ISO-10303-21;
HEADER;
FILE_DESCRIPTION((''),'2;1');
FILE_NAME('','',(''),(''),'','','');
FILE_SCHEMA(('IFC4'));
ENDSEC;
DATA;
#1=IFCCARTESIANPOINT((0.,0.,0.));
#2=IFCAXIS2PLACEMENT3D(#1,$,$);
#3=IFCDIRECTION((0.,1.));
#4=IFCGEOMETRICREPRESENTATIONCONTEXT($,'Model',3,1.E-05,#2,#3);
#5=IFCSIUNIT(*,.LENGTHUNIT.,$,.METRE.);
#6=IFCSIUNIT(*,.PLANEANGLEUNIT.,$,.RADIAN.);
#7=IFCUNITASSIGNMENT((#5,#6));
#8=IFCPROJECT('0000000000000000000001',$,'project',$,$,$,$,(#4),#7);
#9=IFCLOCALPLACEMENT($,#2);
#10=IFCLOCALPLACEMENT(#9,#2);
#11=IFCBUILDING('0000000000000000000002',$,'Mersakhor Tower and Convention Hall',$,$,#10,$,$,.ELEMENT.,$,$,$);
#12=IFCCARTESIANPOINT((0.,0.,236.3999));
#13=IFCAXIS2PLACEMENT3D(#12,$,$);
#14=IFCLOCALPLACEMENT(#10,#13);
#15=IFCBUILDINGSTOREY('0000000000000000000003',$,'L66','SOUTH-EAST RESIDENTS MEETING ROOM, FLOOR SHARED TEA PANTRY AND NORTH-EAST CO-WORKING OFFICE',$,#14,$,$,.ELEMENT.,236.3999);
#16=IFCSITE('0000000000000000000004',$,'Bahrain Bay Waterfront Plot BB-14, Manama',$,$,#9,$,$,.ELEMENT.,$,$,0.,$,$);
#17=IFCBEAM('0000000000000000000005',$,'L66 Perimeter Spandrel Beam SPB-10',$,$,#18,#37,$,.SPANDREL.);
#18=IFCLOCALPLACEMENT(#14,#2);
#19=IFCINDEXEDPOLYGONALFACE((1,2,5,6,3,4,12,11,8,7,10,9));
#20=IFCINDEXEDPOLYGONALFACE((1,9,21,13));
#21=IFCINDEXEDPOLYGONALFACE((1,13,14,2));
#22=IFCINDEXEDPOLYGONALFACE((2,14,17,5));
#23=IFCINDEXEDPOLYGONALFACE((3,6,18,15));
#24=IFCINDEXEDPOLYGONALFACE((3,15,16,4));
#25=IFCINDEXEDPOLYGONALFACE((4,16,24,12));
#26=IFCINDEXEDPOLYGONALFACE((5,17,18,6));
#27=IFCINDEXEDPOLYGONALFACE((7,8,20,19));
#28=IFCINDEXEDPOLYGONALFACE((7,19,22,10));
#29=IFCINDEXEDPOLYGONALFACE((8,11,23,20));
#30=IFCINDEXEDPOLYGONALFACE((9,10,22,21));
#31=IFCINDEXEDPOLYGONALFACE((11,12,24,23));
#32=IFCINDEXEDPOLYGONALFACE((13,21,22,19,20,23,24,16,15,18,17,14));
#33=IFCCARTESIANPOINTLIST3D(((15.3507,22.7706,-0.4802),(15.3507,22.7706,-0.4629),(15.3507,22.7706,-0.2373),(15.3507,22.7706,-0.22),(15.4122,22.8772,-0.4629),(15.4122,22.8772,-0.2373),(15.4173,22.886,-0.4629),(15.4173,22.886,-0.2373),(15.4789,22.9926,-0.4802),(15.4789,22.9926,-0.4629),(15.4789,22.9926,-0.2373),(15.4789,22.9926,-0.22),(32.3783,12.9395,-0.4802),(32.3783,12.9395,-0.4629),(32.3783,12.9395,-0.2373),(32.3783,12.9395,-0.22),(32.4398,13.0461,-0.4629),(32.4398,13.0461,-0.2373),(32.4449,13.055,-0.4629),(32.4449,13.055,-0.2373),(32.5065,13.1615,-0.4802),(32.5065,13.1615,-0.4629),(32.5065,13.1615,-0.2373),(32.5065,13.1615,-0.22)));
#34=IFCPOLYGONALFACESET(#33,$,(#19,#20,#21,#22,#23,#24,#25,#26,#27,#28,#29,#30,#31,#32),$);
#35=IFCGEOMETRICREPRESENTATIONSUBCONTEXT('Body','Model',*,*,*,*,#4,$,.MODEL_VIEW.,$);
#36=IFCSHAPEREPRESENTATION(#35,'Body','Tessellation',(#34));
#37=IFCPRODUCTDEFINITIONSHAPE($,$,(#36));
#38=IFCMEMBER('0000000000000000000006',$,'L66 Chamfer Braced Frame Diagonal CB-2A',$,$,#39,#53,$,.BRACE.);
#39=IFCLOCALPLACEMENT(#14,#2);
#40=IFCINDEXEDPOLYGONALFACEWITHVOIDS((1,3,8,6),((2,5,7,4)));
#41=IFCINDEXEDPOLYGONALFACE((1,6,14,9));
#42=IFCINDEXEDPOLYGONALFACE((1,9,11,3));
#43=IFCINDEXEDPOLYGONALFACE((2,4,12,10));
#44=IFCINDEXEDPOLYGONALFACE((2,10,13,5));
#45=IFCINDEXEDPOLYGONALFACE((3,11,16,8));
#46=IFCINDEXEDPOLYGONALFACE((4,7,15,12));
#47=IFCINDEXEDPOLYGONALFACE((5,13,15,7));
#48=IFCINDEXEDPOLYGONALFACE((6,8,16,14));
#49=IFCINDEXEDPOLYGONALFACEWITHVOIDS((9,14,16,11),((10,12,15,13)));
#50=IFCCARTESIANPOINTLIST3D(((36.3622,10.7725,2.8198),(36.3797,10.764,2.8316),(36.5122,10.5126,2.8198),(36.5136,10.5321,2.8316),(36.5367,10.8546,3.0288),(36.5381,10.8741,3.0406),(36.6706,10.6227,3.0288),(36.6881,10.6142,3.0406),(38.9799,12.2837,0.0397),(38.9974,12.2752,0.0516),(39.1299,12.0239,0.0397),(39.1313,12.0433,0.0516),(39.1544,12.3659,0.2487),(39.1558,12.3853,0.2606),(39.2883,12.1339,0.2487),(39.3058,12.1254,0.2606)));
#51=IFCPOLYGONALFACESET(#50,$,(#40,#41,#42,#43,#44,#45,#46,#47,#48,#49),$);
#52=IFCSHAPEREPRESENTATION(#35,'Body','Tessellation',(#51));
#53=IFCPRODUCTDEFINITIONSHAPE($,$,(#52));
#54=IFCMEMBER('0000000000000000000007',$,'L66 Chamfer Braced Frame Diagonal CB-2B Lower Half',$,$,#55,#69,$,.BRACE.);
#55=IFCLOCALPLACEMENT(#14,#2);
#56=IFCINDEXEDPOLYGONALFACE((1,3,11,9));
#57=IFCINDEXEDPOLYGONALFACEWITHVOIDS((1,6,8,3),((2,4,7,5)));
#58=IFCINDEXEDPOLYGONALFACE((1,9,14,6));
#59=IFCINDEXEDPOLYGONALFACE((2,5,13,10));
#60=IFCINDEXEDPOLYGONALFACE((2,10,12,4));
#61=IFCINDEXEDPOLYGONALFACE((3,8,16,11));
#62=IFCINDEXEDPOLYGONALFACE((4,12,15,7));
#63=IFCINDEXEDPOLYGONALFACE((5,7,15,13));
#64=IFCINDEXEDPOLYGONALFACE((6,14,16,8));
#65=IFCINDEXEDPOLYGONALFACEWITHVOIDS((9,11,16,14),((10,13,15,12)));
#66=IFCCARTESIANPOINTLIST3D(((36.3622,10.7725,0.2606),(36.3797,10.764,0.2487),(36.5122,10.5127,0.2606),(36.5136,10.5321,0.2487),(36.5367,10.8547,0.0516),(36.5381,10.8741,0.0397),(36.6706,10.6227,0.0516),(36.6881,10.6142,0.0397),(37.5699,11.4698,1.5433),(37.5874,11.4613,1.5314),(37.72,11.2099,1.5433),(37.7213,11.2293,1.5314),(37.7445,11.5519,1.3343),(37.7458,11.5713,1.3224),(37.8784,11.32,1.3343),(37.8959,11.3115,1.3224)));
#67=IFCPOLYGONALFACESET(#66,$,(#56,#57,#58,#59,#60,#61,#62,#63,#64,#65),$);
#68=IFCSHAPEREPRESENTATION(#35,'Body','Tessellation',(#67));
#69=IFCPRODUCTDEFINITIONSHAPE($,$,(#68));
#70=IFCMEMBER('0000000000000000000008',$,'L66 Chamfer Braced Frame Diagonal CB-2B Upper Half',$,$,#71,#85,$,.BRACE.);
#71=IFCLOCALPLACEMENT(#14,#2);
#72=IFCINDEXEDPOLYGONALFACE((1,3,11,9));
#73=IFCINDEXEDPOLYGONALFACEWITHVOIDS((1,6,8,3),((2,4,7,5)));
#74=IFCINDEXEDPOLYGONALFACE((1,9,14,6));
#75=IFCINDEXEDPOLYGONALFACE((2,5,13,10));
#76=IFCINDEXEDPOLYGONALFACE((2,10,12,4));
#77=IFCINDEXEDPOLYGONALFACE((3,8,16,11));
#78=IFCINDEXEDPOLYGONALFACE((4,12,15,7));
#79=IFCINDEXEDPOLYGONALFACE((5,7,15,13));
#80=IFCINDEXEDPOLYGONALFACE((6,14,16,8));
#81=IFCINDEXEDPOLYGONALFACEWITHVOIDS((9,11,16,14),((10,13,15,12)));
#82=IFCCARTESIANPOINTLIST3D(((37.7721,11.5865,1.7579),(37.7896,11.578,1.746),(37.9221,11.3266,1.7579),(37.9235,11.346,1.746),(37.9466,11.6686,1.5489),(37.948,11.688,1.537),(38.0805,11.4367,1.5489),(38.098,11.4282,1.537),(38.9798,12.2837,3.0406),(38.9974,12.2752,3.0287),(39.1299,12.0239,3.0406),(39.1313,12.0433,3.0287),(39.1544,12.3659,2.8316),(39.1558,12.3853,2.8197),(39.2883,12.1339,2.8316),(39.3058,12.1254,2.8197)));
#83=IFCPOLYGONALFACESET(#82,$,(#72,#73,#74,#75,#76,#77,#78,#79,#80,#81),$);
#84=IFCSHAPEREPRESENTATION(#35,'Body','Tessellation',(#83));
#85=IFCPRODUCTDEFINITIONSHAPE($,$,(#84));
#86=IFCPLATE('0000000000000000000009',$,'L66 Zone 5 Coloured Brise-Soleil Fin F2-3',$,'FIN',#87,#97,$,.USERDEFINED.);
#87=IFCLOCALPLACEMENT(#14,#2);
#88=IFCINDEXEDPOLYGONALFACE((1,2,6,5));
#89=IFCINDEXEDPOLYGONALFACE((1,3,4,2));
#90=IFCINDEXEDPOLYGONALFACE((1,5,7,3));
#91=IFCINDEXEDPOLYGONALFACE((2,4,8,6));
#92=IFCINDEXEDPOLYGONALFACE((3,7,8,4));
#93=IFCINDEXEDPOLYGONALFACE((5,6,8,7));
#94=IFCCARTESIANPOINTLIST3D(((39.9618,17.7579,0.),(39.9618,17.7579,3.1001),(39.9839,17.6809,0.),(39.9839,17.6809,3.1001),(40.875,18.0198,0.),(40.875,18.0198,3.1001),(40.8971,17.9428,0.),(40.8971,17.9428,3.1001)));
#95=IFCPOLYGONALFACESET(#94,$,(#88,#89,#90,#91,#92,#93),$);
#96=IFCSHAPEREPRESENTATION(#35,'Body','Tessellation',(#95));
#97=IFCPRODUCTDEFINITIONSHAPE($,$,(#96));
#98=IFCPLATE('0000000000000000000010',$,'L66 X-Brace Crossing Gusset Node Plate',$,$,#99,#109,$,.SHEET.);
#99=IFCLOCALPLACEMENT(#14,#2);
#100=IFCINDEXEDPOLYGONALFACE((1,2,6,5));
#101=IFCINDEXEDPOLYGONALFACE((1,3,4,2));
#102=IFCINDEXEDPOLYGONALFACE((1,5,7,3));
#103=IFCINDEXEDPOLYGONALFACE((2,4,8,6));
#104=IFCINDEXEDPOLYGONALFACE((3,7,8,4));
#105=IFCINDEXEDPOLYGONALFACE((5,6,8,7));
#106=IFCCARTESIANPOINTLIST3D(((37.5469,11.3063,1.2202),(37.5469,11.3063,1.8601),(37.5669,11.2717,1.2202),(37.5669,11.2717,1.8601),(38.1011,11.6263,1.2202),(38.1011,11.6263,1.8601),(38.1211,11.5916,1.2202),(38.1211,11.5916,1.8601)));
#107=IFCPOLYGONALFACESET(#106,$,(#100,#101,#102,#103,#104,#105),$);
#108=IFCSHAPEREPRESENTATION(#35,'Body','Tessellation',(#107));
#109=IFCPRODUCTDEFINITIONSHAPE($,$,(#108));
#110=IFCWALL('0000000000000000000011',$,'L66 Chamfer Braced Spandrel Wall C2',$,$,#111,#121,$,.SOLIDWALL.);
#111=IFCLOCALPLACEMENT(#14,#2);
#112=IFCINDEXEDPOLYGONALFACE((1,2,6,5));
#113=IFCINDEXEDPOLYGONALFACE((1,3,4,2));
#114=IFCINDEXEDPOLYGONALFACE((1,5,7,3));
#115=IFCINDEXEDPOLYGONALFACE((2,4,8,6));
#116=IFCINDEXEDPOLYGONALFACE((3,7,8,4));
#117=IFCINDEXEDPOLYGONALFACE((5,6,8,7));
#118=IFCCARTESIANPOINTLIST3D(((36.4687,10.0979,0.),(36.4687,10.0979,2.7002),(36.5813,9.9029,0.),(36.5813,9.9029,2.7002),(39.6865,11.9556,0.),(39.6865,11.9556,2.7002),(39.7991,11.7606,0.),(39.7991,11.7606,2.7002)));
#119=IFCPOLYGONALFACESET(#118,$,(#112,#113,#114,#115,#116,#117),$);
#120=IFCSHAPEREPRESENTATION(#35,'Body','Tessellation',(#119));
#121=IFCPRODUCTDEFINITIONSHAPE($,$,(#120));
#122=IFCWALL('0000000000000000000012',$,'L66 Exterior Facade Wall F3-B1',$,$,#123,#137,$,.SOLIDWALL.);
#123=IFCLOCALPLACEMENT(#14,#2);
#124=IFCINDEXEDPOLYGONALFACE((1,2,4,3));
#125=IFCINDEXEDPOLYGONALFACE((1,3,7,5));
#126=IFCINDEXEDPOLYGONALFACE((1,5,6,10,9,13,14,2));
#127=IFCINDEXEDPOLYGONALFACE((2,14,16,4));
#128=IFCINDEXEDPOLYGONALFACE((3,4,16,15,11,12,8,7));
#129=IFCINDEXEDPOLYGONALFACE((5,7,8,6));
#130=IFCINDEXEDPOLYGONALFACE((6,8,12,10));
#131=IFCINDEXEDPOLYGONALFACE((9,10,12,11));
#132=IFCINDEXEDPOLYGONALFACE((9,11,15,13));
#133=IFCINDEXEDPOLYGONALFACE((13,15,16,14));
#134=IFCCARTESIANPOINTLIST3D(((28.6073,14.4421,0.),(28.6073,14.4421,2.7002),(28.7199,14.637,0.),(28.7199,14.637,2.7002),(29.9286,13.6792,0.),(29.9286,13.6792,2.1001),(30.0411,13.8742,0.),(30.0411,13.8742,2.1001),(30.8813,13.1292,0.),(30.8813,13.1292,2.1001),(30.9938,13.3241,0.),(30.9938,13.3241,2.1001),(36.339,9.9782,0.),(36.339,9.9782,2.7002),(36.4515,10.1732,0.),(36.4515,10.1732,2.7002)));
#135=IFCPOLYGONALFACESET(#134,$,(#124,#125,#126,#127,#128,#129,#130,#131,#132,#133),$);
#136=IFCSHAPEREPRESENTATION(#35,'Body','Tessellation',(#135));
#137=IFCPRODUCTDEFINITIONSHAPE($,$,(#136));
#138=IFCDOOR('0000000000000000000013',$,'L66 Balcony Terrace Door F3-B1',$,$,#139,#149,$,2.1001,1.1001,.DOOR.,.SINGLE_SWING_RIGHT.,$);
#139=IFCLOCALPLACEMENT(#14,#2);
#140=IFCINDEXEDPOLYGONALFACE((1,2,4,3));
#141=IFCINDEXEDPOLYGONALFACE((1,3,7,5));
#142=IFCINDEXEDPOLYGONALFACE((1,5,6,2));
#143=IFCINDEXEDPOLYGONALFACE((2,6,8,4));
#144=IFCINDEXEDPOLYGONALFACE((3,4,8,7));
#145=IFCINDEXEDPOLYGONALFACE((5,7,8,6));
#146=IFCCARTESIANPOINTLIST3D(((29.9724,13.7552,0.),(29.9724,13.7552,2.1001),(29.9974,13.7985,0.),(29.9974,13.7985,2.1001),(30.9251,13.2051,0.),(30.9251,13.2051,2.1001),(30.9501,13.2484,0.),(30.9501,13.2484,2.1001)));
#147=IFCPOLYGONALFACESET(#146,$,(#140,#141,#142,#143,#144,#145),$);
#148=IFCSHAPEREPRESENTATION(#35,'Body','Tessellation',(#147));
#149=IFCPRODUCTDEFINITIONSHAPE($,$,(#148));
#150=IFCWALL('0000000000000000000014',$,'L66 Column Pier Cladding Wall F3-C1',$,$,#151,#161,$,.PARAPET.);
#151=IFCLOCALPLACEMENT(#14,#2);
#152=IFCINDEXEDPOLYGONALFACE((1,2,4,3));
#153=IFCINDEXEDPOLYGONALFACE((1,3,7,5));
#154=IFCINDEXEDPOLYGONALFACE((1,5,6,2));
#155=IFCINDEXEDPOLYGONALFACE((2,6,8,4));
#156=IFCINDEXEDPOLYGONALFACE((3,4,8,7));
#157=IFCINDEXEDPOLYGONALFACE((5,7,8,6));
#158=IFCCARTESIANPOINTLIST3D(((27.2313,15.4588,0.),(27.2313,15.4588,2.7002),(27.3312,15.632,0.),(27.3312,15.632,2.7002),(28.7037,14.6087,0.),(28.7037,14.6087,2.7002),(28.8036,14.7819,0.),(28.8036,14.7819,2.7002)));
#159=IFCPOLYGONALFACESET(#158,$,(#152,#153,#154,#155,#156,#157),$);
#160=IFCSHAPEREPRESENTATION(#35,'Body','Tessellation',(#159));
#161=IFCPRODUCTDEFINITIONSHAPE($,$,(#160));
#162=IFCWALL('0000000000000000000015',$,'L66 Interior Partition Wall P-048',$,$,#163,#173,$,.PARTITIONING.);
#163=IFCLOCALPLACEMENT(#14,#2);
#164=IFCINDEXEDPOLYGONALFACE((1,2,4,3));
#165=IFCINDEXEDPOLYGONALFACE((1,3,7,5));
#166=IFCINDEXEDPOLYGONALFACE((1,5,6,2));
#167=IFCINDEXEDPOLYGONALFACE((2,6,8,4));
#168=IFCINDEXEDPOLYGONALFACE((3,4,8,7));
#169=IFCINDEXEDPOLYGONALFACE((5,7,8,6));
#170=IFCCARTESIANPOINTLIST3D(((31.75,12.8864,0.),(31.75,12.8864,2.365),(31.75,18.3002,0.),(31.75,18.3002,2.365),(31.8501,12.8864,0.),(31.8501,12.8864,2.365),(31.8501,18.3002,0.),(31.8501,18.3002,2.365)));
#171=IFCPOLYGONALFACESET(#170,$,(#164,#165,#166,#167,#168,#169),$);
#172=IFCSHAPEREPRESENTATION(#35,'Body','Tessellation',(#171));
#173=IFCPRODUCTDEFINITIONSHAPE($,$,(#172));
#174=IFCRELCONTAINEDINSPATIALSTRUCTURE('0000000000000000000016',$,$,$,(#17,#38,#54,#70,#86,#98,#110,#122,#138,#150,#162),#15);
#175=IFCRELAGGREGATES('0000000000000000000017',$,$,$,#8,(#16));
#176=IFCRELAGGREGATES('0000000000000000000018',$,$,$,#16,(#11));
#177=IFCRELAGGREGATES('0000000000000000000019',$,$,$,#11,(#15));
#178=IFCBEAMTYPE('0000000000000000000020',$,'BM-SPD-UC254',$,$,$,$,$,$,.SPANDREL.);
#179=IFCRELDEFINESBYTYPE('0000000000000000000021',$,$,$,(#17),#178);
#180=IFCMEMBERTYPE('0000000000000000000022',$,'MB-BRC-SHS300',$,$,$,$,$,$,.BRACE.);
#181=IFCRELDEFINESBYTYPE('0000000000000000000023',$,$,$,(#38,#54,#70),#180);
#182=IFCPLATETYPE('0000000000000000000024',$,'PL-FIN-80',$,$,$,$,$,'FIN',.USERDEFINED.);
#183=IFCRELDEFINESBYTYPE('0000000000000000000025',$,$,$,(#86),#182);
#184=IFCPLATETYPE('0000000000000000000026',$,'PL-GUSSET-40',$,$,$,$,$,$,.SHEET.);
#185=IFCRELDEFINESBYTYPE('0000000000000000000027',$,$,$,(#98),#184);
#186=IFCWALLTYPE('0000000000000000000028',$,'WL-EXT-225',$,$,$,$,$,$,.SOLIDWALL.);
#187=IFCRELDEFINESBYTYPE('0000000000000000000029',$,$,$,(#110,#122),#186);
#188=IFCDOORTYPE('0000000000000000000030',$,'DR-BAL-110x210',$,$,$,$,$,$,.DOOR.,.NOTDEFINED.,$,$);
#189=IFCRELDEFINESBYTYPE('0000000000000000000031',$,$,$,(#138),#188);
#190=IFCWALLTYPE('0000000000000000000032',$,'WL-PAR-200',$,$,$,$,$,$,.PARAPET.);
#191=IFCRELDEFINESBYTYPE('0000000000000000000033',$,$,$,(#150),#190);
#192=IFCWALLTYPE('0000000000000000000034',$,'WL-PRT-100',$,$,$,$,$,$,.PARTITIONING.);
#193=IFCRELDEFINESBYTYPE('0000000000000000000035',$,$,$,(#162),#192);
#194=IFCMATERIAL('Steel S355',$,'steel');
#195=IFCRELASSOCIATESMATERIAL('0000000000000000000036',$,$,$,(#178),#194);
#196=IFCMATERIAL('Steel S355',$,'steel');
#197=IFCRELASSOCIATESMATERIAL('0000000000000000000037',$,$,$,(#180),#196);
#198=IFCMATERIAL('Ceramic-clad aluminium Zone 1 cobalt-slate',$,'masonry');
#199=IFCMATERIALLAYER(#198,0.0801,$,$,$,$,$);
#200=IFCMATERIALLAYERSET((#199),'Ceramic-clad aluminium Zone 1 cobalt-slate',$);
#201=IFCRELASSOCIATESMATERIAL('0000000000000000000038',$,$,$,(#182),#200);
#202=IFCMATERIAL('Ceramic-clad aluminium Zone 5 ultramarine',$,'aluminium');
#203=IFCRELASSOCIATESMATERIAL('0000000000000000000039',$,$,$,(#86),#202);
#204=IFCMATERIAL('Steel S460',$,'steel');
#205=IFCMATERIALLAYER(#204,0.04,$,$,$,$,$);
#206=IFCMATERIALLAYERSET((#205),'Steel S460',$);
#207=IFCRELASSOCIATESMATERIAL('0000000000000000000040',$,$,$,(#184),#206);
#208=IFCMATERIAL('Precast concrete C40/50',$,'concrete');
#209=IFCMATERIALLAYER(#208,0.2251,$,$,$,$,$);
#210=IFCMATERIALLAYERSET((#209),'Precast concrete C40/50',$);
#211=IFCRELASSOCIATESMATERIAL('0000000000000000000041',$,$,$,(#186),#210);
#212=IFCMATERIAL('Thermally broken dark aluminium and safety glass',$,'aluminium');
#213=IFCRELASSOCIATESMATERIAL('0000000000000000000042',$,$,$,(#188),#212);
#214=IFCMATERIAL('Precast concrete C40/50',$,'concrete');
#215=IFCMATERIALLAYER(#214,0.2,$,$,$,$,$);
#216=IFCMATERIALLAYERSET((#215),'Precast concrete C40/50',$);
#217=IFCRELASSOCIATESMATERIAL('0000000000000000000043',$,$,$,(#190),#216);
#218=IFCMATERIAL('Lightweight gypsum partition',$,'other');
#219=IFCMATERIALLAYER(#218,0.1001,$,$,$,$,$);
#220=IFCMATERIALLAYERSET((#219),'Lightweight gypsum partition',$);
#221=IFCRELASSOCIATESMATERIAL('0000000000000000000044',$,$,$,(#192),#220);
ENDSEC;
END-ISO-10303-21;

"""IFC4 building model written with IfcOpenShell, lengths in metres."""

from ifc_helpers import new_model, si_unit, direction, frame, frame_2d, origin, origin_2d, place, context, subcontext, project, spatial, rectangle, hollow_rectangle, i_section, extrude, material, layer, layer_set, material_profile, profile_set, type_object, element, fill, save


model = new_model("IFC4")

# Units and contexts
model_context = context("Model", 3, precision=1e-05, world=origin(), true_north=direction((0.0, 1.0)))
body_context = subcontext(model_context, "Body", "Model", "MODEL_VIEW")
ifc_project = project(units=[si_unit("LENGTHUNIT", "METRE"), si_unit("PLANEANGLEUNIT", "RADIAN")], contexts=[model_context])

# Site, building, storey
site_placement = place(None, origin())
site = spatial("IfcSite", under=ifc_project, at=site_placement, Name="Bahrain Bay Waterfront Plot BB-14, Manama", CompositionType="ELEMENT", RefElevation=0.0)
building_placement = place(site_placement, origin())
building = spatial("IfcBuilding", under=site, at=building_placement, Name="Mersakhor Tower and Convention Hall", CompositionType="ELEMENT")
storey_placement = place(building_placement, frame((0.0, 0.0, 236.3999)))
storey = spatial("IfcBuildingStorey", under=building, at=storey_placement, Name="L66", Description="SOUTH-EAST RESIDENTS MEETING ROOM, FLOOR SHARED TEA PANTRY AND NORTH-EAST CO-WORKING OFFICE", CompositionType="ELEMENT", Elevation=236.3999)

# Beam
ifc_material_1 = material(Name="Steel S355", Category="steel")
ifc_material_profile_1 = material_profile(ifc_material_1, i_section(OverallWidth=0.2563, OverallDepth=0.2603, WebThickness=0.0103, FlangeThickness=0.0173, at=origin_2d()), Name="UC 254x254x89")
ifc_profile_set_1 = profile_set([ifc_material_profile_1], Name="Steel S355")
beam_type_1 = type_object("IfcBeamType", Name="BM-SPD-UC254", PredefinedType="SPANDREL", material=ifc_profile_set_1)
beam_1_placement = place(storey_placement, frame((32.4424, 13.0505, -0.3501), z_axis=(-0.866022, 0.500007, 0.0), x_axis=(-0.500007, -0.866022, 0.0)))
element("IfcBeam", 1, at=beam_1_placement, inside=storey, type_object=beam_type_1, Name="L66 Perimeter Spandrel Beam SPB-10", PredefinedType="SPANDREL", context=body_context, shape_type="SweptSolid", body=[
    extrude(i_section(OverallWidth=0.2563, OverallDepth=0.2603, WebThickness=0.0103, FlangeThickness=0.0173, at=origin_2d()), origin(), (0.0, 0.0, 1.0), 19.6619),
])

# Members
ifc_material_2 = material(Name="Steel S355", Category="steel")
ifc_material_profile_2 = material_profile(ifc_material_2, hollow_rectangle(XDim=0.3, YDim=0.3, WallThickness=0.0161, at=origin_2d()), Name="SHS 300x300x16")
ifc_profile_set_2 = profile_set([ifc_material_profile_2], Name="Steel S355")
member_type = type_object("IfcMemberType", Name="MB-BRC-SHS300", PredefinedType="BRACE", material=ifc_profile_set_2)
member_placement = place(storey_placement, frame((39.1428, 12.2046, 0.1501), z_axis=(-0.637423, -0.367996, 0.676957), x_axis=(0.499979, -0.866038, 0.0)))
element("IfcMember", 2, at=member_placement, inside=storey, type_object=member_type, Name="L66 Chamfer Braced Frame Diagonal CB-2A", PredefinedType="BRACE", context=body_context, shape_type="SweptSolid", body=[
    extrude(hollow_rectangle(XDim=0.3, YDim=0.3, WallThickness=0.0161, at=origin_2d()), origin(), (0.0, 0.0, 1.0), 4.1067),
])
for number, where, z_axis, x_axis, name in (
    (3, (36.5251, 10.6934, 0.1501), (0.637413, 0.367991, 0.676969), (-0.49998, 0.866037, 0.0), "L66 Chamfer Braced Frame Diagonal CB-2B Lower Half"),
    (4, (37.9351, 11.5073, 1.6475), (0.637413, 0.367991, 0.676969), (-0.49998, 0.866037, 0.0), "L66 Chamfer Braced Frame Diagonal CB-2B Upper Half"),
):
    element("IfcMember", number, at=place(storey_placement, frame(where, z_axis=z_axis, x_axis=x_axis)), inside=storey, type_object=member_type, Name=name, PredefinedType="BRACE", context=body_context, shape_type="SweptSolid", body=[
        extrude(hollow_rectangle(XDim=0.3, YDim=0.3, WallThickness=0.0161, at=origin_2d()), origin(), (0.0, 0.0, 1.0), 1.8948),
    ])

# Plates
ifc_material_3 = material(Name="Ceramic-clad aluminium Zone 5 ultramarine", Category="aluminium")
ifc_material_4 = material(Name="Ceramic-clad aluminium Zone 1 cobalt-slate", Category="masonry")
ifc_layer_1 = layer(ifc_material_4, 0.0801)
ifc_layer_set_1 = layer_set([ifc_layer_1], Name="Ceramic-clad aluminium Zone 1 cobalt-slate")
plate_type_1 = type_object("IfcPlateType", Name="PL-FIN-80", ElementType="FIN", PredefinedType="USERDEFINED", material=ifc_layer_set_1)
plate_1_placement = place(storey_placement, frame((40.4294, 17.8503, 0.0), z_axis=(0.0, 0.0, 1.0), x_axis=(0.961262, 0.275637, 0.0)))
element("IfcPlate", 5, at=plate_1_placement, inside=storey, type_object=plate_type_1, material=ifc_material_3, Name="L66 Zone 5 Coloured Brise-Soleil Fin F2-3", ObjectType="FIN", PredefinedType="USERDEFINED", context=body_context, shape_type="SweptSolid", body=[
    extrude(rectangle(XDim=0.95, YDim=0.0801, at=origin_2d()), origin(), (0.0, 0.0, 1.0), 3.1001),
])
ifc_material_5 = material(Name="Steel S460", Category="steel")
ifc_layer_2 = layer(ifc_material_5, 0.04)
ifc_layer_set_2 = layer_set([ifc_layer_2], Name="Steel S460")
plate_type_2 = type_object("IfcPlateType", Name="PL-GUSSET-40", PredefinedType="SHEET", material=ifc_layer_set_2)
plate_2_placement = place(storey_placement, frame((37.834, 11.449, 1.2202), z_axis=(0.0, 0.0, 1.0), x_axis=(0.866025, 0.5, 0.0)))
element("IfcPlate", 6, at=plate_2_placement, inside=storey, type_object=plate_type_2, Name="L66 X-Brace Crossing Gusset Node Plate", PredefinedType="SHEET", context=body_context, shape_type="SweptSolid", body=[
    extrude(rectangle(XDim=0.6399, YDim=0.04, at=origin_2d()), origin(), (0.0, 0.0, 1.0), 0.6399),
])

# Wall
ifc_material_6 = material(Name="Precast concrete C40/50", Category="concrete")
ifc_layer_3 = layer(ifc_material_6, 0.2251)
ifc_layer_set_3 = layer_set([ifc_layer_3], Name="Precast concrete C40/50")
wall_type_1 = type_object("IfcWallType", Name="WL-EXT-225", PredefinedType="SOLIDWALL", material=ifc_layer_set_3)
wall_1_placement = place(storey_placement, frame((39.7429, 11.8582, 0.0), z_axis=(0.0, 0.0, 1.0), x_axis=(-0.866039, -0.499977, 0.0)))
element("IfcWall", 7, at=wall_1_placement, inside=storey, type_object=wall_type_1, Name="L66 Chamfer Braced Spandrel Wall C2", PredefinedType="SOLIDWALL", context=body_context, shape_type="SweptSolid", body=[
    extrude(rectangle(XDim=3.7156, YDim=0.2251, at=frame_2d((1.8579, 0.0))), origin(), (0.0, 0.0, 1.0), 2.7002),
])

# Wall, opening, door
wall_2_placement = place(storey_placement, frame((36.3953, 10.0757, 0.0), z_axis=(0.0, 0.0, 1.0), x_axis=(-0.866027, 0.499998, 0.0)))
wall_2 = element("IfcWall", 8, at=wall_2_placement, inside=storey, type_object=wall_type_1, Name="L66 Exterior Facade Wall F3-B1", PredefinedType="SOLIDWALL", context=body_context, shape_type="SweptSolid", body=[
    extrude(rectangle(XDim=8.9277, YDim=0.2251, at=frame_2d((4.4639, 0.0))), origin(), (0.0, 0.0, 1.0), 2.7002),
])
opening_1_placement = place(wall_2_placement, frame((6.302, 0.0, 0.0)))
opening_1 = element("IfcOpeningElement", 9, at=opening_1_placement, cuts=wall_2, PredefinedType="OPENING", context=body_context, shape_type="SweptSolid", body=[
    extrude(rectangle(XDim=1.1001, YDim=2.1001, at=frame_2d((0.55, 1.05))), frame((0.0, 0.1226, 0.0), z_axis=(0.0, -1.0, 0.0), x_axis=(1.0, 0.0, 0.0)), (0.0, 0.0, 1.0), 0.2451),
])
ifc_material_7 = material(Name="Thermally broken dark aluminium and safety glass", Category="aluminium")
door_type_1 = type_object("IfcDoorType", Name="DR-BAL-110x210", OperationType="NOTDEFINED", PredefinedType="DOOR", material=ifc_material_7)
door_1_placement = place(opening_1_placement, origin())
door_1 = element("IfcDoor", 10, at=door_1_placement, inside=storey, type_object=door_type_1, Name="L66 Balcony Terrace Door F3-B1", OperationType="SINGLE_SWING_RIGHT", OverallHeight=2.1001, OverallWidth=1.1001, PredefinedType="DOOR", context=body_context, shape_type="SweptSolid", body=[
    extrude(rectangle(XDim=1.1001, YDim=2.1001, at=frame_2d((0.55, 1.05))), frame((0.0, 0.0249, 0.0), z_axis=(0.0, -1.0, 0.0), x_axis=(1.0, 0.0, 0.0)), (0.0, 0.0, 1.0), 0.05),
])
fill(opening_1, door_1)

# Walls
ifc_material_8 = material(Name="Precast concrete C40/50", Category="concrete")
ifc_layer_4 = layer(ifc_material_8, 0.2)
ifc_layer_set_4 = layer_set([ifc_layer_4], Name="Precast concrete C40/50")
wall_type_2 = type_object("IfcWallType", Name="WL-PAR-200", PredefinedType="PARAPET", material=ifc_layer_set_4)
wall_3_placement = place(storey_placement, frame((28.7537, 14.6953, 0.0), z_axis=(0.0, 0.0, 1.0), x_axis=(-0.866025, 0.5, 0.0)))
element("IfcWall", 11, at=wall_3_placement, inside=storey, type_object=wall_type_2, Name="L66 Column Pier Cladding Wall F3-C1", PredefinedType="PARAPET", context=body_context, shape_type="SweptSolid", body=[
    extrude(rectangle(XDim=1.7002, YDim=0.2, at=frame_2d((0.8501, 0.0))), origin(), (0.0, 0.0, 1.0), 2.7002),
])
ifc_material_9 = material(Name="Lightweight gypsum partition", Category="other")
ifc_layer_5 = layer(ifc_material_9, 0.1001)
ifc_layer_set_5 = layer_set([ifc_layer_5], Name="Lightweight gypsum partition")
wall_type_3 = type_object("IfcWallType", Name="WL-PRT-100", PredefinedType="PARTITIONING", material=ifc_layer_set_5)
wall_4_placement = place(storey_placement, frame((31.8, 12.8862, 0.0), z_axis=(0.0, 0.0, 1.0), x_axis=(0.0, 1.0, 0.0)))
element("IfcWall", 12, at=wall_4_placement, inside=storey, type_object=wall_type_3, Name="L66 Interior Partition Wall P-048", PredefinedType="PARTITIONING", context=body_context, shape_type="SweptSolid", body=[
    extrude(rectangle(XDim=5.4138, YDim=0.1001, at=frame_2d((2.707, 0.0))), origin(), (0.0, 0.0, 1.0), 2.365),
])

save(model, "model.ifc")
